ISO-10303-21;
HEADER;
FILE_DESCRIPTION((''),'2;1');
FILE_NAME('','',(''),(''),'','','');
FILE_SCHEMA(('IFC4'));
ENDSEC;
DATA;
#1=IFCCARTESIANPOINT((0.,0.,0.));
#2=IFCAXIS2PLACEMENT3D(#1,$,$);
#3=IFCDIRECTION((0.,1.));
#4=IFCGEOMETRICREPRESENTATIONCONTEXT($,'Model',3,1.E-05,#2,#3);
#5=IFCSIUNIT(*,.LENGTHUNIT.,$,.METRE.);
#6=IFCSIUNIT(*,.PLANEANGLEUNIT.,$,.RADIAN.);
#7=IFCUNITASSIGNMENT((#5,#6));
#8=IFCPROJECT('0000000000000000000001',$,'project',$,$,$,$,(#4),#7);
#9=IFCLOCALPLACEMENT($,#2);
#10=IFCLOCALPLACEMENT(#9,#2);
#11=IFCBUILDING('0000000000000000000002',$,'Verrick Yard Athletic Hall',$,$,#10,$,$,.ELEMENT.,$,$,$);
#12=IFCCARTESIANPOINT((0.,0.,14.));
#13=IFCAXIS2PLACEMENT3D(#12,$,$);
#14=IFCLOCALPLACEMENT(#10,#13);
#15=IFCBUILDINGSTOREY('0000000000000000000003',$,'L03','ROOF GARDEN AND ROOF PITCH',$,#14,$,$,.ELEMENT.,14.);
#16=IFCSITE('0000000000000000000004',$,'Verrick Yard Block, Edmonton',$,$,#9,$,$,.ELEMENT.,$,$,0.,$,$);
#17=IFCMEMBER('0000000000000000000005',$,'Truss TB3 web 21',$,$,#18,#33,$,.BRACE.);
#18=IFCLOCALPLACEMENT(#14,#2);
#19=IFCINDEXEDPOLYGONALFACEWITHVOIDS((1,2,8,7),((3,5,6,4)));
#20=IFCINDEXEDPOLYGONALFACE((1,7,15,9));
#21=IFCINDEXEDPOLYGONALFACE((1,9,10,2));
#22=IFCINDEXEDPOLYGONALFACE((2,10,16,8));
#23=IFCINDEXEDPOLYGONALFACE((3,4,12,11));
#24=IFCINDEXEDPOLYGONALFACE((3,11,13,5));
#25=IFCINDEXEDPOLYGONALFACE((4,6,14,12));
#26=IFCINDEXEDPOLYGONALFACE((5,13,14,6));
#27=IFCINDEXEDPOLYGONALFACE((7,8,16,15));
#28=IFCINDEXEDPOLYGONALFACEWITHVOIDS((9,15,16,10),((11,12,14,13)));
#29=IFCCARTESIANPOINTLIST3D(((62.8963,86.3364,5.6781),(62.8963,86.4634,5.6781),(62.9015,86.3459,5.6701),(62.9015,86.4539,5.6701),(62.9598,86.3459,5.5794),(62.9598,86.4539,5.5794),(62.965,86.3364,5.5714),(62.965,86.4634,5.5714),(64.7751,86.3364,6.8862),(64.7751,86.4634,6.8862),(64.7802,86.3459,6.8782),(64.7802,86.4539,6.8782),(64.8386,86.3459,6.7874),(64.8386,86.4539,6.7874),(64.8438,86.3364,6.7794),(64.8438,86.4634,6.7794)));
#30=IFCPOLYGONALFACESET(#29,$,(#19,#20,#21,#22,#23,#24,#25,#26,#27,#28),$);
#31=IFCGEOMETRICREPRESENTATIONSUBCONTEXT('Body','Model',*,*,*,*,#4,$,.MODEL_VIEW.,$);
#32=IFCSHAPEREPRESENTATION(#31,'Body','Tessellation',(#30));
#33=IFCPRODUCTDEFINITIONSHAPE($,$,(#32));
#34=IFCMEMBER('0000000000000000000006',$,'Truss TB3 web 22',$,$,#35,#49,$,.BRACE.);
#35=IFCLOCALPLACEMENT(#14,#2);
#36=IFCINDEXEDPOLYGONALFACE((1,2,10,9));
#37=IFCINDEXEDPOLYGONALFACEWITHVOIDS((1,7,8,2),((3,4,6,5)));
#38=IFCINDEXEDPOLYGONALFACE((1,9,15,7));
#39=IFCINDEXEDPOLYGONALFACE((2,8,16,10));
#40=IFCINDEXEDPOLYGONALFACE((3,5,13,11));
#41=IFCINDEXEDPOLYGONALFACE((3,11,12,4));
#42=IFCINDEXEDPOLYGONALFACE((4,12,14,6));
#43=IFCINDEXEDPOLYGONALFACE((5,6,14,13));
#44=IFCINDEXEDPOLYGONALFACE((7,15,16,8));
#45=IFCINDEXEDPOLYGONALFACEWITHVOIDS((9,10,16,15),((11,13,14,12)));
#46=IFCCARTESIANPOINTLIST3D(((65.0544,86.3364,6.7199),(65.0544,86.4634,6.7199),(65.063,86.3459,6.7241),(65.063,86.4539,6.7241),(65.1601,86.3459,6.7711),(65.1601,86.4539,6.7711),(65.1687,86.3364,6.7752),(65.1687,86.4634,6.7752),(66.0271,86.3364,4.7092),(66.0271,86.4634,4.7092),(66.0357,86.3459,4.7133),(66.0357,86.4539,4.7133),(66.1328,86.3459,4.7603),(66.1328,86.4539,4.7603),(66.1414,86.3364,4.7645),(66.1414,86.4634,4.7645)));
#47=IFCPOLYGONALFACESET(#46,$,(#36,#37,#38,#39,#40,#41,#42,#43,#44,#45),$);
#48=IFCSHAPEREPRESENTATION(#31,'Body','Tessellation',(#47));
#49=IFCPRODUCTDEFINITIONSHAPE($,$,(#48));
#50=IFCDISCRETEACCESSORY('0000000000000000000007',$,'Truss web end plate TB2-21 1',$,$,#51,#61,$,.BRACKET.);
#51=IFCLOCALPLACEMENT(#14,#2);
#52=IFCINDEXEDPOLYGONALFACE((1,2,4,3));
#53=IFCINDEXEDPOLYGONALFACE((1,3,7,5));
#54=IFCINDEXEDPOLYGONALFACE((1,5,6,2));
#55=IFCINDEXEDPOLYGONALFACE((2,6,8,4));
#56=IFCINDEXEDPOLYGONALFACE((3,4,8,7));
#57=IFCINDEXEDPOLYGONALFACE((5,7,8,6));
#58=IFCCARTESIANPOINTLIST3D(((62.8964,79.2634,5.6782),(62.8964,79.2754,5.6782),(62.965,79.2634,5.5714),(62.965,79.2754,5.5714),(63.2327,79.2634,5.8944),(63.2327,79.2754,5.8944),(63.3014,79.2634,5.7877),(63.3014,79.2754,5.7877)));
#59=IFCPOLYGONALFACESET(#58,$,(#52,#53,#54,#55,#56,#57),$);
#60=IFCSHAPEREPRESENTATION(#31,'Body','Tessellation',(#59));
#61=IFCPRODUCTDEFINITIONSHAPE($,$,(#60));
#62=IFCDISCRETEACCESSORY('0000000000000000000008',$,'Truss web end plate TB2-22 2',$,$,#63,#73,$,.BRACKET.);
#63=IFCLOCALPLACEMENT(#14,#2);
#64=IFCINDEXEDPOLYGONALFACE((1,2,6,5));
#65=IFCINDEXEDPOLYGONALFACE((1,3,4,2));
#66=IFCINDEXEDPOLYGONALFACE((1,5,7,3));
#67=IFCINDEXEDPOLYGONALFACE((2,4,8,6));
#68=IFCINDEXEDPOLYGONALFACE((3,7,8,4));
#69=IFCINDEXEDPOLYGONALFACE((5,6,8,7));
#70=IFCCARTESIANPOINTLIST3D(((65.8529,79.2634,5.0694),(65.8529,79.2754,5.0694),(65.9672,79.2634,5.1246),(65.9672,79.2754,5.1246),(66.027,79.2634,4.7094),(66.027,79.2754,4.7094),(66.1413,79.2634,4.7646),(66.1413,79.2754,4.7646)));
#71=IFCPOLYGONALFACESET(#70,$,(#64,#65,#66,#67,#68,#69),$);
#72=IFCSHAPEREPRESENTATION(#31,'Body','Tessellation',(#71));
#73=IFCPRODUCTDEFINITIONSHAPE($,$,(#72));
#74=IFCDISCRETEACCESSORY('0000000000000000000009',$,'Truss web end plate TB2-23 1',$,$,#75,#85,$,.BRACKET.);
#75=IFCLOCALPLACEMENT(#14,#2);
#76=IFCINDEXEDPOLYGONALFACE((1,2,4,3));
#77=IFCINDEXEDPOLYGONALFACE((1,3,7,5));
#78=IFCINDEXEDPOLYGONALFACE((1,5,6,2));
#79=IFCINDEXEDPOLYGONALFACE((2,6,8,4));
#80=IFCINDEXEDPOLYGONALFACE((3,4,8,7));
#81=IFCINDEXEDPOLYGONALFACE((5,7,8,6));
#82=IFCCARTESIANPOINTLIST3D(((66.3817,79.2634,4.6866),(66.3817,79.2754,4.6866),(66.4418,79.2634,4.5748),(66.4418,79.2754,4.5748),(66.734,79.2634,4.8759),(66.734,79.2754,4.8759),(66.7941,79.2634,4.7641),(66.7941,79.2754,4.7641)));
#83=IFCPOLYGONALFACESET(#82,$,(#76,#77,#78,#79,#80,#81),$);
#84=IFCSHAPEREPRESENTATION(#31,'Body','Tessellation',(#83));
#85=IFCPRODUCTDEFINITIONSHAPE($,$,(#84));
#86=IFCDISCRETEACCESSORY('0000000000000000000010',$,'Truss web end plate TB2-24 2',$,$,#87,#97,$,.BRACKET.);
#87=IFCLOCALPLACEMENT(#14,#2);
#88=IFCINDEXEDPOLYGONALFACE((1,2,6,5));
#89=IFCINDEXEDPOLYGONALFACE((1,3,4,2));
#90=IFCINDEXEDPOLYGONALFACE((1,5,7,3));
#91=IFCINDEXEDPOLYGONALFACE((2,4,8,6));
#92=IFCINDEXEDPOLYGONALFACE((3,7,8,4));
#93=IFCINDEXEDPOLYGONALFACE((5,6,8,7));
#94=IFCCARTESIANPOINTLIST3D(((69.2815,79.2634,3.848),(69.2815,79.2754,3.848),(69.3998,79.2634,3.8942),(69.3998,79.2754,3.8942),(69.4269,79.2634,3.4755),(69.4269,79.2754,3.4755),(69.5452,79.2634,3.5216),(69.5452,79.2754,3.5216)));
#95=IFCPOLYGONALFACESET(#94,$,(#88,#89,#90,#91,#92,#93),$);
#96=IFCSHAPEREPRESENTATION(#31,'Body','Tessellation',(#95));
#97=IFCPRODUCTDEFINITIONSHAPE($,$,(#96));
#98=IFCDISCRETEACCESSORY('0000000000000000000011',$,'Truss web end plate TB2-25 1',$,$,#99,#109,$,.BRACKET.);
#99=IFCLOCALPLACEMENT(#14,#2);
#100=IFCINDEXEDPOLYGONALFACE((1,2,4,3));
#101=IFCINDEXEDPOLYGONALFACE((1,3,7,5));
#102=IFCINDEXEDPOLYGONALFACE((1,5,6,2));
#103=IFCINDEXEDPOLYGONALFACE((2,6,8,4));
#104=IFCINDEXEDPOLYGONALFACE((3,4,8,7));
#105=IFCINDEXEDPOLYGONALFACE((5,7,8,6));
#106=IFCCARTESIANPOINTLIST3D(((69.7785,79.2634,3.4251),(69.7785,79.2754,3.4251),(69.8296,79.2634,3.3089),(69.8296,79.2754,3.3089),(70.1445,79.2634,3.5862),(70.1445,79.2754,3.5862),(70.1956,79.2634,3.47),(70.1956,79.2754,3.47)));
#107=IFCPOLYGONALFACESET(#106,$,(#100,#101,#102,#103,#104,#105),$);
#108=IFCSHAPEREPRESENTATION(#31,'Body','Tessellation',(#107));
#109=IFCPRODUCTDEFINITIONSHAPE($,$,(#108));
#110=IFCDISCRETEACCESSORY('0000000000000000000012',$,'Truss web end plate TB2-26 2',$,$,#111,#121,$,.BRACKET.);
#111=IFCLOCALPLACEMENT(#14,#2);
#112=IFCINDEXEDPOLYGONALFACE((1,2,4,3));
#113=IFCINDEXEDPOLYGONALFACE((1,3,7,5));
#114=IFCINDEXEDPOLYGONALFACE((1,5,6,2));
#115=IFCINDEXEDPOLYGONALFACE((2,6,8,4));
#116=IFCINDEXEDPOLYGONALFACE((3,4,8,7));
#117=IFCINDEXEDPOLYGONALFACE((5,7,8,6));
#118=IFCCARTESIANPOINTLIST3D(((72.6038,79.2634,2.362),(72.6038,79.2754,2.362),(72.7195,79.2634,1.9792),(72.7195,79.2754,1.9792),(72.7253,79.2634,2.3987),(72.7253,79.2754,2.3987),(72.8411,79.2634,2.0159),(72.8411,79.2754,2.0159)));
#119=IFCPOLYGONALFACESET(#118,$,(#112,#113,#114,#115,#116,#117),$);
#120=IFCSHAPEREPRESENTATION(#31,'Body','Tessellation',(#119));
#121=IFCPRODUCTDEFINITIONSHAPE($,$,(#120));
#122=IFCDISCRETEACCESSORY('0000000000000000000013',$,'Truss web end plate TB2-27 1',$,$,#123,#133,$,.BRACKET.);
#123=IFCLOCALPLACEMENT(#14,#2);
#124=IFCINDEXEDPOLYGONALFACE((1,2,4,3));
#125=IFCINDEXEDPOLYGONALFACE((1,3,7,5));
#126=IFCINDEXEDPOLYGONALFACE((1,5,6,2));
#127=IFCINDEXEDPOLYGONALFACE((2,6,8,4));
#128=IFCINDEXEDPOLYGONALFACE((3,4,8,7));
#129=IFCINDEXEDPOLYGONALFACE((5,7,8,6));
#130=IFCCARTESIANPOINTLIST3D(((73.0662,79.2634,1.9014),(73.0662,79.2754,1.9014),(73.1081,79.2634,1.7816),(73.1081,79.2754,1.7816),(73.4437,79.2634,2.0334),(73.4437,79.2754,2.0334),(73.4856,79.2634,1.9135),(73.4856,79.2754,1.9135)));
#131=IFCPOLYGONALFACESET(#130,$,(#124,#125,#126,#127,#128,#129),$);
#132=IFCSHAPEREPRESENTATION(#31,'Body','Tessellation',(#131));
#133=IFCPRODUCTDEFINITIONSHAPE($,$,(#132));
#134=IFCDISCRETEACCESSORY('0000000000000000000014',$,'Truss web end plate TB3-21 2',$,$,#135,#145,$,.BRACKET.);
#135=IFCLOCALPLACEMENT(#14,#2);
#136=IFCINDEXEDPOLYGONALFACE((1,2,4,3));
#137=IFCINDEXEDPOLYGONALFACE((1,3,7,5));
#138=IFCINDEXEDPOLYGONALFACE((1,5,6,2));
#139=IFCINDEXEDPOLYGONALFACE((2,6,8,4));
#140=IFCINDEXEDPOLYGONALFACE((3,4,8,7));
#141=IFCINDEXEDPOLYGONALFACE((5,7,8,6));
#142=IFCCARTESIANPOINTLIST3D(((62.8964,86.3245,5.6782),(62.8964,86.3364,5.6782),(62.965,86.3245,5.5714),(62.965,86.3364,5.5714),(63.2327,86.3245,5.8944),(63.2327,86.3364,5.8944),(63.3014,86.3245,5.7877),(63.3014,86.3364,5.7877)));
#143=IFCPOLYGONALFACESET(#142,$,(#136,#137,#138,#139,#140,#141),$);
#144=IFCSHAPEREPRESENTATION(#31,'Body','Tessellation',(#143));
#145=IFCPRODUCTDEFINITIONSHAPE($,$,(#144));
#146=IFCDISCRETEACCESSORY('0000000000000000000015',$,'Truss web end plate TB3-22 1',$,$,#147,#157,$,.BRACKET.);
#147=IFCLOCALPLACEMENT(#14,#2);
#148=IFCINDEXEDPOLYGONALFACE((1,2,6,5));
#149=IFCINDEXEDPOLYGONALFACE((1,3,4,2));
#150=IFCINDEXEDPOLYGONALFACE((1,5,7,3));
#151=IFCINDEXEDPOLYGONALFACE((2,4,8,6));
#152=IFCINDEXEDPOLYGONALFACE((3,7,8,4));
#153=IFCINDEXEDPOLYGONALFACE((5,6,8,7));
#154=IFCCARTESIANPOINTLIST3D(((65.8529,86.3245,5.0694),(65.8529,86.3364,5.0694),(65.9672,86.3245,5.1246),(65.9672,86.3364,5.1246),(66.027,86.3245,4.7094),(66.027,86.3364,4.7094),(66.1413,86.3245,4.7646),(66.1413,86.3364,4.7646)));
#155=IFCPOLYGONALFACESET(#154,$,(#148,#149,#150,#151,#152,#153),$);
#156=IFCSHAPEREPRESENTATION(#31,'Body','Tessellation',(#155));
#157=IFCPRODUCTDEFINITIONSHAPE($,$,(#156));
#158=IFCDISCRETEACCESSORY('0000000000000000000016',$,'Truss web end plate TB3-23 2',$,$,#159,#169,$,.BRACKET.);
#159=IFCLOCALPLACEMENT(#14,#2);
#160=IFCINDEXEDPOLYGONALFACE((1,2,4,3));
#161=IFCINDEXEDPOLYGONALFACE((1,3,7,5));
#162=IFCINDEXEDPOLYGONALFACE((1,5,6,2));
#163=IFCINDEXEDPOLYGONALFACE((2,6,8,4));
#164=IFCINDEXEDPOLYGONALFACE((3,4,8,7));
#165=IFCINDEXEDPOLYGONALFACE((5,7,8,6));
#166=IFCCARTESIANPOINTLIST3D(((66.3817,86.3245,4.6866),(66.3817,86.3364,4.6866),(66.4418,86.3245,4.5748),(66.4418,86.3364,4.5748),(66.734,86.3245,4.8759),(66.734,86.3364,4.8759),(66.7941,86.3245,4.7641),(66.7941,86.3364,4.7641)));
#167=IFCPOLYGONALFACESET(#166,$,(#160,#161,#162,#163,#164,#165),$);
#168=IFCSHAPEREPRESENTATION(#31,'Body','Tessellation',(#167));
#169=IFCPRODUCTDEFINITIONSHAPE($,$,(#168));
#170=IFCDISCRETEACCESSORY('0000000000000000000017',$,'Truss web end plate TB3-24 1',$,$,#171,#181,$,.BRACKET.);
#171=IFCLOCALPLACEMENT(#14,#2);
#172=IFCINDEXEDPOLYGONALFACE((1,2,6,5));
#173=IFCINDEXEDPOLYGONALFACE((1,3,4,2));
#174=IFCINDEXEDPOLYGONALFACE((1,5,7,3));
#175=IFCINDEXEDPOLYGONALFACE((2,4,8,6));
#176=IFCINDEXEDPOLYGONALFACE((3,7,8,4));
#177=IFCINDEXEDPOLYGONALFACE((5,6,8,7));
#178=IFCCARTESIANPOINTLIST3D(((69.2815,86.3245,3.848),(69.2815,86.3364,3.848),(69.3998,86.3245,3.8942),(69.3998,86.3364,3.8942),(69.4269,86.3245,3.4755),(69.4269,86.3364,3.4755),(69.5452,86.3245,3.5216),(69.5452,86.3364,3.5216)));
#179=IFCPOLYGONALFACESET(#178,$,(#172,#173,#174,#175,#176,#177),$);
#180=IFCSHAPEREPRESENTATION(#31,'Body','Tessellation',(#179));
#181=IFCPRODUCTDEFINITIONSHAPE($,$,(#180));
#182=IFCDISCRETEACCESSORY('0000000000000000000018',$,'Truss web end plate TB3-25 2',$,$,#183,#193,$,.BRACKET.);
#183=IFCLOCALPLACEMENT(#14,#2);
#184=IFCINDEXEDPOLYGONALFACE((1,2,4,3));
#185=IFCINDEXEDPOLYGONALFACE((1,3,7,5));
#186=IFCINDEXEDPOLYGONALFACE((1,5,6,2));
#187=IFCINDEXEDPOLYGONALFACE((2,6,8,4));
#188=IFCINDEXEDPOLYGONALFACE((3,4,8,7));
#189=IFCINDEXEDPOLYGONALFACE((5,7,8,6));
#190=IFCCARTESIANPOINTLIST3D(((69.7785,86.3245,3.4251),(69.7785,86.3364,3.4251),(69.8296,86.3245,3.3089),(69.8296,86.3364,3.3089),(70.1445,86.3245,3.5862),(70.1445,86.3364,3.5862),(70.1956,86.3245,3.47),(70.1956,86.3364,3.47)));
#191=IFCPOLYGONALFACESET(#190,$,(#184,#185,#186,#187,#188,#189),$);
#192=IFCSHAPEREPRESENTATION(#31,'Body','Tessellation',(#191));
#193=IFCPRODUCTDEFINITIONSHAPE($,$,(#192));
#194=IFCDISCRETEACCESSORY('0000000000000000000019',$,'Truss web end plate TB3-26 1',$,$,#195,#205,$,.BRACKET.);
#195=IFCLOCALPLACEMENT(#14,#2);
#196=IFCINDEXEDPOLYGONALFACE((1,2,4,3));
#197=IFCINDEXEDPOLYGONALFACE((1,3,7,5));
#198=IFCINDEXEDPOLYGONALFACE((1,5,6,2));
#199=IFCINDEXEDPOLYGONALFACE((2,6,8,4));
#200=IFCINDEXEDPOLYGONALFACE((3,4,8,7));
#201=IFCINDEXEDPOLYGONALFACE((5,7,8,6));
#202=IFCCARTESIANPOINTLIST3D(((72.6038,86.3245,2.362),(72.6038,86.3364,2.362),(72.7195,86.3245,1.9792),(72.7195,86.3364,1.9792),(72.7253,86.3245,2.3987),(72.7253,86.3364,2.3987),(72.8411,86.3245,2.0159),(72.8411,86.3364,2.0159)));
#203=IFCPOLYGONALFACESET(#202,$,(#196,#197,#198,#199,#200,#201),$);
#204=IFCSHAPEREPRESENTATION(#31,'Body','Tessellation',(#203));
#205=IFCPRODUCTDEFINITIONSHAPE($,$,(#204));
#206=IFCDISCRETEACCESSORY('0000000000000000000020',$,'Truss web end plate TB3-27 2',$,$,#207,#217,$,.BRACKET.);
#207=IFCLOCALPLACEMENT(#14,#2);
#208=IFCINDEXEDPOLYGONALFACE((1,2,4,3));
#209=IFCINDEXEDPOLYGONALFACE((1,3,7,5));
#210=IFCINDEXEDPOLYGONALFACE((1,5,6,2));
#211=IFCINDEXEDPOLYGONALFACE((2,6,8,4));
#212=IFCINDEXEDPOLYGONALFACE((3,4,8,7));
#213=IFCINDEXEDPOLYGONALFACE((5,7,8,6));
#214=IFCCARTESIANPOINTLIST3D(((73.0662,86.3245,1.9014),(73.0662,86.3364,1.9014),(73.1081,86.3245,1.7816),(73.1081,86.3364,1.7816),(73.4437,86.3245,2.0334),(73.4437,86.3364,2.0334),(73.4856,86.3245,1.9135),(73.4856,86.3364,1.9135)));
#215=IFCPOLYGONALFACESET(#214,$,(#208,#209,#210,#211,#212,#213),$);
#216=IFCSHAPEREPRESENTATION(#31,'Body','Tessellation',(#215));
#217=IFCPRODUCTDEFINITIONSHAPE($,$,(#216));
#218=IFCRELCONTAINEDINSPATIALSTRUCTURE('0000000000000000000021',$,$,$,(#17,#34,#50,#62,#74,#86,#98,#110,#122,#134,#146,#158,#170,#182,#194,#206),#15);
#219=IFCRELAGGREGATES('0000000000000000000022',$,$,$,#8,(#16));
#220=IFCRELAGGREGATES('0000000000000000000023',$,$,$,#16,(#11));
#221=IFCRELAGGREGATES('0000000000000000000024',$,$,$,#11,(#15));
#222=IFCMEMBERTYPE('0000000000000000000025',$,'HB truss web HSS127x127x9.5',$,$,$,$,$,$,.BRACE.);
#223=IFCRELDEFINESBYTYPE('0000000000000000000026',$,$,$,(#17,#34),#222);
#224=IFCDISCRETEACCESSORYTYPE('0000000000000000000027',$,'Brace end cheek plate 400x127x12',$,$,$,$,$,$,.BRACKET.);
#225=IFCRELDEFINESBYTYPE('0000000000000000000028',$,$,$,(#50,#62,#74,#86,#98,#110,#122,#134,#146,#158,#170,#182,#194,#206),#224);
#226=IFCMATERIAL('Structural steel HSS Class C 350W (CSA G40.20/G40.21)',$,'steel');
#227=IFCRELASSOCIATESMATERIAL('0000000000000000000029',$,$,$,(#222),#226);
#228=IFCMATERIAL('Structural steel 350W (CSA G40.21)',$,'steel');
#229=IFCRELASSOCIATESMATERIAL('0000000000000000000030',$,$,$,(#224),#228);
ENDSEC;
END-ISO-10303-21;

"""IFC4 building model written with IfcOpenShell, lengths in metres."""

from ifc_helpers import new_model, si_unit, direction, frame, origin, origin_2d, place, context, subcontext, project, spatial, rectangle, hollow_rectangle, extrude, material, material_profile, profile_set, type_object, element, save


model = new_model("IFC4")

# Units and contexts
model_context = context("Model", 3, precision=1e-05, world=origin(), true_north=direction((0.0, 1.0)))
body_context = subcontext(model_context, "Body", "Model", "MODEL_VIEW")
ifc_project = project(units=[si_unit("LENGTHUNIT", "METRE"), si_unit("PLANEANGLEUNIT", "RADIAN")], contexts=[model_context])

# Site, building, storey
site_placement = place(None, origin())
site = spatial("IfcSite", under=ifc_project, at=site_placement, Name="Verrick Yard Block, Edmonton", CompositionType="ELEMENT", RefElevation=0.0)
building_placement = place(site_placement, origin())
building = spatial("IfcBuilding", under=site, at=building_placement, Name="Verrick Yard Athletic Hall", CompositionType="ELEMENT")
storey_placement = place(building_placement, frame((0.0, 0.0, 14.0)))
storey = spatial("IfcBuildingStorey", under=building, at=storey_placement, Name="L03", Description="ROOF GARDEN AND ROOF PITCH", CompositionType="ELEMENT", Elevation=14.0)

# Members
ifc_material_1 = material(Name="Structural steel HSS Class C 350W (CSA G40.20/G40.21)", Category="steel")
ifc_material_profile_1 = material_profile(ifc_material_1, hollow_rectangle(XDim=0.127, YDim=0.127, WallThickness=0.0095, at=origin_2d()), Name="HSS127x127x9.5")
ifc_profile_set_1 = profile_set([ifc_material_profile_1], Name="Structural steel HSS Class C 350W (CSA G40.20/G40.21)")
member_type_1 = type_object("IfcMemberType", Name="HB truss web HSS127x127x9.5", PredefinedType="BRACE", material=ifc_profile_set_1)
for number, where, z_axis, x_axis, name in (
    (1, (62.9307, 86.3999, 5.6248), (0.841118, 0.0, 0.540852), (0.0, 1.0, 0.0), "Truss TB3 web 21"),
    (2, (65.1116, 86.3999, 6.7476), (0.435458, 0.0, -0.900209), (0.0, 1.0, 0.0), "Truss TB3 web 22"),
):
    element("IfcMember", number, at=place(storey_placement, frame(where, z_axis=z_axis, x_axis=x_axis)), inside=storey, type_object=member_type_1, Name=name, PredefinedType="BRACE", context=body_context, shape_type="SweptSolid", body=[
        extrude(hollow_rectangle(XDim=0.127, YDim=0.127, WallThickness=0.0095, at=origin_2d()), origin(), (0.0, 0.0, 1.0), 2.2336),
    ])

# Discrete accessories
ifc_material_2 = material(Name="Structural steel 350W (CSA G40.21)", Category="steel")
ifc_material_profile_2 = material_profile(ifc_material_2, rectangle(XDim=0.3999, YDim=0.127, at=origin_2d()), Name="Brace end cheek plate")
ifc_profile_set_2 = profile_set([ifc_material_profile_2], Name="Structural steel 350W (CSA G40.21)")
discrete_accessory_type = type_object("IfcDiscreteAccessoryType", Name="Brace end cheek plate 400x127x12", PredefinedType="BRACKET", material=ifc_profile_set_2)
for number, where, z_axis, x_axis, name in (
    (3, (63.0989, 79.2634, 5.7329), (0.0, 1.0, 0.0), (0.841141, 0.0, 0.540816), "Truss web end plate TB2-21 1"),
    (4, (65.9971, 79.2634, 4.917), (0.0, 1.0, 0.0), (-0.435417, 0.0, 0.900229), "Truss web end plate TB2-22 2"),
    (5, (66.5879, 79.2634, 4.7253), (0.0, 1.0, 0.0), (0.88092, 0.0, 0.473265), "Truss web end plate TB2-23 1"),
    (6, (69.4133, 79.2634, 3.6848), (0.0, 1.0, 0.0), (-0.363563, 0.0, 0.93157), "Truss web end plate TB2-24 2"),
    (7, (69.9871, 79.2634, 3.4475), (0.0, 1.0, 0.0), (0.915285, 0.0, 0.402806), "Truss web end plate TB2-25 1"),
    (8, (72.7224, 79.2634, 2.189), (0.0, 1.0, 0.0), (-0.289473, 0.0, 0.957186), "Truss web end plate TB2-26 2"),
    (9, (73.2759, 79.2634, 1.9075), (0.0, 1.0, 0.0), (0.944026, 0.0, 0.329872), "Truss web end plate TB2-27 1"),
    (10, (63.0989, 86.3364, 5.7329), (0.0, -1.0, 0.0), (0.841141, 0.0, 0.540816), "Truss web end plate TB3-21 2"),
    (11, (65.9971, 86.3364, 4.917), (0.0, -1.0, 0.0), (-0.435417, 0.0, 0.900229), "Truss web end plate TB3-22 1"),
    (12, (66.5879, 86.3364, 4.7253), (0.0, -1.0, 0.0), (0.88092, 0.0, 0.473265), "Truss web end plate TB3-23 2"),
    (13, (69.4133, 86.3364, 3.6848), (0.0, -1.0, 0.0), (-0.363563, 0.0, 0.93157), "Truss web end plate TB3-24 1"),
    (14, (69.9871, 86.3364, 3.4475), (0.0, -1.0, 0.0), (0.915285, 0.0, 0.402806), "Truss web end plate TB3-25 2"),
    (15, (72.7224, 86.3364, 2.189), (0.0, -1.0, 0.0), (-0.289473, 0.0, 0.957186), "Truss web end plate TB3-26 1"),
    (16, (73.2759, 86.3364, 1.9075), (0.0, -1.0, 0.0), (0.944026, 0.0, 0.329872), "Truss web end plate TB3-27 2"),
):
    element("IfcDiscreteAccessory", number, at=place(storey_placement, frame(where, z_axis=z_axis, x_axis=x_axis)), inside=storey, type_object=discrete_accessory_type, Name=name, PredefinedType="BRACKET", context=body_context, shape_type="SweptSolid", body=[
        extrude(rectangle(XDim=0.3999, YDim=0.127, at=origin_2d()), origin(), (0.0, 0.0, 1.0), 0.012),
    ])

save(model, "model.ifc")
